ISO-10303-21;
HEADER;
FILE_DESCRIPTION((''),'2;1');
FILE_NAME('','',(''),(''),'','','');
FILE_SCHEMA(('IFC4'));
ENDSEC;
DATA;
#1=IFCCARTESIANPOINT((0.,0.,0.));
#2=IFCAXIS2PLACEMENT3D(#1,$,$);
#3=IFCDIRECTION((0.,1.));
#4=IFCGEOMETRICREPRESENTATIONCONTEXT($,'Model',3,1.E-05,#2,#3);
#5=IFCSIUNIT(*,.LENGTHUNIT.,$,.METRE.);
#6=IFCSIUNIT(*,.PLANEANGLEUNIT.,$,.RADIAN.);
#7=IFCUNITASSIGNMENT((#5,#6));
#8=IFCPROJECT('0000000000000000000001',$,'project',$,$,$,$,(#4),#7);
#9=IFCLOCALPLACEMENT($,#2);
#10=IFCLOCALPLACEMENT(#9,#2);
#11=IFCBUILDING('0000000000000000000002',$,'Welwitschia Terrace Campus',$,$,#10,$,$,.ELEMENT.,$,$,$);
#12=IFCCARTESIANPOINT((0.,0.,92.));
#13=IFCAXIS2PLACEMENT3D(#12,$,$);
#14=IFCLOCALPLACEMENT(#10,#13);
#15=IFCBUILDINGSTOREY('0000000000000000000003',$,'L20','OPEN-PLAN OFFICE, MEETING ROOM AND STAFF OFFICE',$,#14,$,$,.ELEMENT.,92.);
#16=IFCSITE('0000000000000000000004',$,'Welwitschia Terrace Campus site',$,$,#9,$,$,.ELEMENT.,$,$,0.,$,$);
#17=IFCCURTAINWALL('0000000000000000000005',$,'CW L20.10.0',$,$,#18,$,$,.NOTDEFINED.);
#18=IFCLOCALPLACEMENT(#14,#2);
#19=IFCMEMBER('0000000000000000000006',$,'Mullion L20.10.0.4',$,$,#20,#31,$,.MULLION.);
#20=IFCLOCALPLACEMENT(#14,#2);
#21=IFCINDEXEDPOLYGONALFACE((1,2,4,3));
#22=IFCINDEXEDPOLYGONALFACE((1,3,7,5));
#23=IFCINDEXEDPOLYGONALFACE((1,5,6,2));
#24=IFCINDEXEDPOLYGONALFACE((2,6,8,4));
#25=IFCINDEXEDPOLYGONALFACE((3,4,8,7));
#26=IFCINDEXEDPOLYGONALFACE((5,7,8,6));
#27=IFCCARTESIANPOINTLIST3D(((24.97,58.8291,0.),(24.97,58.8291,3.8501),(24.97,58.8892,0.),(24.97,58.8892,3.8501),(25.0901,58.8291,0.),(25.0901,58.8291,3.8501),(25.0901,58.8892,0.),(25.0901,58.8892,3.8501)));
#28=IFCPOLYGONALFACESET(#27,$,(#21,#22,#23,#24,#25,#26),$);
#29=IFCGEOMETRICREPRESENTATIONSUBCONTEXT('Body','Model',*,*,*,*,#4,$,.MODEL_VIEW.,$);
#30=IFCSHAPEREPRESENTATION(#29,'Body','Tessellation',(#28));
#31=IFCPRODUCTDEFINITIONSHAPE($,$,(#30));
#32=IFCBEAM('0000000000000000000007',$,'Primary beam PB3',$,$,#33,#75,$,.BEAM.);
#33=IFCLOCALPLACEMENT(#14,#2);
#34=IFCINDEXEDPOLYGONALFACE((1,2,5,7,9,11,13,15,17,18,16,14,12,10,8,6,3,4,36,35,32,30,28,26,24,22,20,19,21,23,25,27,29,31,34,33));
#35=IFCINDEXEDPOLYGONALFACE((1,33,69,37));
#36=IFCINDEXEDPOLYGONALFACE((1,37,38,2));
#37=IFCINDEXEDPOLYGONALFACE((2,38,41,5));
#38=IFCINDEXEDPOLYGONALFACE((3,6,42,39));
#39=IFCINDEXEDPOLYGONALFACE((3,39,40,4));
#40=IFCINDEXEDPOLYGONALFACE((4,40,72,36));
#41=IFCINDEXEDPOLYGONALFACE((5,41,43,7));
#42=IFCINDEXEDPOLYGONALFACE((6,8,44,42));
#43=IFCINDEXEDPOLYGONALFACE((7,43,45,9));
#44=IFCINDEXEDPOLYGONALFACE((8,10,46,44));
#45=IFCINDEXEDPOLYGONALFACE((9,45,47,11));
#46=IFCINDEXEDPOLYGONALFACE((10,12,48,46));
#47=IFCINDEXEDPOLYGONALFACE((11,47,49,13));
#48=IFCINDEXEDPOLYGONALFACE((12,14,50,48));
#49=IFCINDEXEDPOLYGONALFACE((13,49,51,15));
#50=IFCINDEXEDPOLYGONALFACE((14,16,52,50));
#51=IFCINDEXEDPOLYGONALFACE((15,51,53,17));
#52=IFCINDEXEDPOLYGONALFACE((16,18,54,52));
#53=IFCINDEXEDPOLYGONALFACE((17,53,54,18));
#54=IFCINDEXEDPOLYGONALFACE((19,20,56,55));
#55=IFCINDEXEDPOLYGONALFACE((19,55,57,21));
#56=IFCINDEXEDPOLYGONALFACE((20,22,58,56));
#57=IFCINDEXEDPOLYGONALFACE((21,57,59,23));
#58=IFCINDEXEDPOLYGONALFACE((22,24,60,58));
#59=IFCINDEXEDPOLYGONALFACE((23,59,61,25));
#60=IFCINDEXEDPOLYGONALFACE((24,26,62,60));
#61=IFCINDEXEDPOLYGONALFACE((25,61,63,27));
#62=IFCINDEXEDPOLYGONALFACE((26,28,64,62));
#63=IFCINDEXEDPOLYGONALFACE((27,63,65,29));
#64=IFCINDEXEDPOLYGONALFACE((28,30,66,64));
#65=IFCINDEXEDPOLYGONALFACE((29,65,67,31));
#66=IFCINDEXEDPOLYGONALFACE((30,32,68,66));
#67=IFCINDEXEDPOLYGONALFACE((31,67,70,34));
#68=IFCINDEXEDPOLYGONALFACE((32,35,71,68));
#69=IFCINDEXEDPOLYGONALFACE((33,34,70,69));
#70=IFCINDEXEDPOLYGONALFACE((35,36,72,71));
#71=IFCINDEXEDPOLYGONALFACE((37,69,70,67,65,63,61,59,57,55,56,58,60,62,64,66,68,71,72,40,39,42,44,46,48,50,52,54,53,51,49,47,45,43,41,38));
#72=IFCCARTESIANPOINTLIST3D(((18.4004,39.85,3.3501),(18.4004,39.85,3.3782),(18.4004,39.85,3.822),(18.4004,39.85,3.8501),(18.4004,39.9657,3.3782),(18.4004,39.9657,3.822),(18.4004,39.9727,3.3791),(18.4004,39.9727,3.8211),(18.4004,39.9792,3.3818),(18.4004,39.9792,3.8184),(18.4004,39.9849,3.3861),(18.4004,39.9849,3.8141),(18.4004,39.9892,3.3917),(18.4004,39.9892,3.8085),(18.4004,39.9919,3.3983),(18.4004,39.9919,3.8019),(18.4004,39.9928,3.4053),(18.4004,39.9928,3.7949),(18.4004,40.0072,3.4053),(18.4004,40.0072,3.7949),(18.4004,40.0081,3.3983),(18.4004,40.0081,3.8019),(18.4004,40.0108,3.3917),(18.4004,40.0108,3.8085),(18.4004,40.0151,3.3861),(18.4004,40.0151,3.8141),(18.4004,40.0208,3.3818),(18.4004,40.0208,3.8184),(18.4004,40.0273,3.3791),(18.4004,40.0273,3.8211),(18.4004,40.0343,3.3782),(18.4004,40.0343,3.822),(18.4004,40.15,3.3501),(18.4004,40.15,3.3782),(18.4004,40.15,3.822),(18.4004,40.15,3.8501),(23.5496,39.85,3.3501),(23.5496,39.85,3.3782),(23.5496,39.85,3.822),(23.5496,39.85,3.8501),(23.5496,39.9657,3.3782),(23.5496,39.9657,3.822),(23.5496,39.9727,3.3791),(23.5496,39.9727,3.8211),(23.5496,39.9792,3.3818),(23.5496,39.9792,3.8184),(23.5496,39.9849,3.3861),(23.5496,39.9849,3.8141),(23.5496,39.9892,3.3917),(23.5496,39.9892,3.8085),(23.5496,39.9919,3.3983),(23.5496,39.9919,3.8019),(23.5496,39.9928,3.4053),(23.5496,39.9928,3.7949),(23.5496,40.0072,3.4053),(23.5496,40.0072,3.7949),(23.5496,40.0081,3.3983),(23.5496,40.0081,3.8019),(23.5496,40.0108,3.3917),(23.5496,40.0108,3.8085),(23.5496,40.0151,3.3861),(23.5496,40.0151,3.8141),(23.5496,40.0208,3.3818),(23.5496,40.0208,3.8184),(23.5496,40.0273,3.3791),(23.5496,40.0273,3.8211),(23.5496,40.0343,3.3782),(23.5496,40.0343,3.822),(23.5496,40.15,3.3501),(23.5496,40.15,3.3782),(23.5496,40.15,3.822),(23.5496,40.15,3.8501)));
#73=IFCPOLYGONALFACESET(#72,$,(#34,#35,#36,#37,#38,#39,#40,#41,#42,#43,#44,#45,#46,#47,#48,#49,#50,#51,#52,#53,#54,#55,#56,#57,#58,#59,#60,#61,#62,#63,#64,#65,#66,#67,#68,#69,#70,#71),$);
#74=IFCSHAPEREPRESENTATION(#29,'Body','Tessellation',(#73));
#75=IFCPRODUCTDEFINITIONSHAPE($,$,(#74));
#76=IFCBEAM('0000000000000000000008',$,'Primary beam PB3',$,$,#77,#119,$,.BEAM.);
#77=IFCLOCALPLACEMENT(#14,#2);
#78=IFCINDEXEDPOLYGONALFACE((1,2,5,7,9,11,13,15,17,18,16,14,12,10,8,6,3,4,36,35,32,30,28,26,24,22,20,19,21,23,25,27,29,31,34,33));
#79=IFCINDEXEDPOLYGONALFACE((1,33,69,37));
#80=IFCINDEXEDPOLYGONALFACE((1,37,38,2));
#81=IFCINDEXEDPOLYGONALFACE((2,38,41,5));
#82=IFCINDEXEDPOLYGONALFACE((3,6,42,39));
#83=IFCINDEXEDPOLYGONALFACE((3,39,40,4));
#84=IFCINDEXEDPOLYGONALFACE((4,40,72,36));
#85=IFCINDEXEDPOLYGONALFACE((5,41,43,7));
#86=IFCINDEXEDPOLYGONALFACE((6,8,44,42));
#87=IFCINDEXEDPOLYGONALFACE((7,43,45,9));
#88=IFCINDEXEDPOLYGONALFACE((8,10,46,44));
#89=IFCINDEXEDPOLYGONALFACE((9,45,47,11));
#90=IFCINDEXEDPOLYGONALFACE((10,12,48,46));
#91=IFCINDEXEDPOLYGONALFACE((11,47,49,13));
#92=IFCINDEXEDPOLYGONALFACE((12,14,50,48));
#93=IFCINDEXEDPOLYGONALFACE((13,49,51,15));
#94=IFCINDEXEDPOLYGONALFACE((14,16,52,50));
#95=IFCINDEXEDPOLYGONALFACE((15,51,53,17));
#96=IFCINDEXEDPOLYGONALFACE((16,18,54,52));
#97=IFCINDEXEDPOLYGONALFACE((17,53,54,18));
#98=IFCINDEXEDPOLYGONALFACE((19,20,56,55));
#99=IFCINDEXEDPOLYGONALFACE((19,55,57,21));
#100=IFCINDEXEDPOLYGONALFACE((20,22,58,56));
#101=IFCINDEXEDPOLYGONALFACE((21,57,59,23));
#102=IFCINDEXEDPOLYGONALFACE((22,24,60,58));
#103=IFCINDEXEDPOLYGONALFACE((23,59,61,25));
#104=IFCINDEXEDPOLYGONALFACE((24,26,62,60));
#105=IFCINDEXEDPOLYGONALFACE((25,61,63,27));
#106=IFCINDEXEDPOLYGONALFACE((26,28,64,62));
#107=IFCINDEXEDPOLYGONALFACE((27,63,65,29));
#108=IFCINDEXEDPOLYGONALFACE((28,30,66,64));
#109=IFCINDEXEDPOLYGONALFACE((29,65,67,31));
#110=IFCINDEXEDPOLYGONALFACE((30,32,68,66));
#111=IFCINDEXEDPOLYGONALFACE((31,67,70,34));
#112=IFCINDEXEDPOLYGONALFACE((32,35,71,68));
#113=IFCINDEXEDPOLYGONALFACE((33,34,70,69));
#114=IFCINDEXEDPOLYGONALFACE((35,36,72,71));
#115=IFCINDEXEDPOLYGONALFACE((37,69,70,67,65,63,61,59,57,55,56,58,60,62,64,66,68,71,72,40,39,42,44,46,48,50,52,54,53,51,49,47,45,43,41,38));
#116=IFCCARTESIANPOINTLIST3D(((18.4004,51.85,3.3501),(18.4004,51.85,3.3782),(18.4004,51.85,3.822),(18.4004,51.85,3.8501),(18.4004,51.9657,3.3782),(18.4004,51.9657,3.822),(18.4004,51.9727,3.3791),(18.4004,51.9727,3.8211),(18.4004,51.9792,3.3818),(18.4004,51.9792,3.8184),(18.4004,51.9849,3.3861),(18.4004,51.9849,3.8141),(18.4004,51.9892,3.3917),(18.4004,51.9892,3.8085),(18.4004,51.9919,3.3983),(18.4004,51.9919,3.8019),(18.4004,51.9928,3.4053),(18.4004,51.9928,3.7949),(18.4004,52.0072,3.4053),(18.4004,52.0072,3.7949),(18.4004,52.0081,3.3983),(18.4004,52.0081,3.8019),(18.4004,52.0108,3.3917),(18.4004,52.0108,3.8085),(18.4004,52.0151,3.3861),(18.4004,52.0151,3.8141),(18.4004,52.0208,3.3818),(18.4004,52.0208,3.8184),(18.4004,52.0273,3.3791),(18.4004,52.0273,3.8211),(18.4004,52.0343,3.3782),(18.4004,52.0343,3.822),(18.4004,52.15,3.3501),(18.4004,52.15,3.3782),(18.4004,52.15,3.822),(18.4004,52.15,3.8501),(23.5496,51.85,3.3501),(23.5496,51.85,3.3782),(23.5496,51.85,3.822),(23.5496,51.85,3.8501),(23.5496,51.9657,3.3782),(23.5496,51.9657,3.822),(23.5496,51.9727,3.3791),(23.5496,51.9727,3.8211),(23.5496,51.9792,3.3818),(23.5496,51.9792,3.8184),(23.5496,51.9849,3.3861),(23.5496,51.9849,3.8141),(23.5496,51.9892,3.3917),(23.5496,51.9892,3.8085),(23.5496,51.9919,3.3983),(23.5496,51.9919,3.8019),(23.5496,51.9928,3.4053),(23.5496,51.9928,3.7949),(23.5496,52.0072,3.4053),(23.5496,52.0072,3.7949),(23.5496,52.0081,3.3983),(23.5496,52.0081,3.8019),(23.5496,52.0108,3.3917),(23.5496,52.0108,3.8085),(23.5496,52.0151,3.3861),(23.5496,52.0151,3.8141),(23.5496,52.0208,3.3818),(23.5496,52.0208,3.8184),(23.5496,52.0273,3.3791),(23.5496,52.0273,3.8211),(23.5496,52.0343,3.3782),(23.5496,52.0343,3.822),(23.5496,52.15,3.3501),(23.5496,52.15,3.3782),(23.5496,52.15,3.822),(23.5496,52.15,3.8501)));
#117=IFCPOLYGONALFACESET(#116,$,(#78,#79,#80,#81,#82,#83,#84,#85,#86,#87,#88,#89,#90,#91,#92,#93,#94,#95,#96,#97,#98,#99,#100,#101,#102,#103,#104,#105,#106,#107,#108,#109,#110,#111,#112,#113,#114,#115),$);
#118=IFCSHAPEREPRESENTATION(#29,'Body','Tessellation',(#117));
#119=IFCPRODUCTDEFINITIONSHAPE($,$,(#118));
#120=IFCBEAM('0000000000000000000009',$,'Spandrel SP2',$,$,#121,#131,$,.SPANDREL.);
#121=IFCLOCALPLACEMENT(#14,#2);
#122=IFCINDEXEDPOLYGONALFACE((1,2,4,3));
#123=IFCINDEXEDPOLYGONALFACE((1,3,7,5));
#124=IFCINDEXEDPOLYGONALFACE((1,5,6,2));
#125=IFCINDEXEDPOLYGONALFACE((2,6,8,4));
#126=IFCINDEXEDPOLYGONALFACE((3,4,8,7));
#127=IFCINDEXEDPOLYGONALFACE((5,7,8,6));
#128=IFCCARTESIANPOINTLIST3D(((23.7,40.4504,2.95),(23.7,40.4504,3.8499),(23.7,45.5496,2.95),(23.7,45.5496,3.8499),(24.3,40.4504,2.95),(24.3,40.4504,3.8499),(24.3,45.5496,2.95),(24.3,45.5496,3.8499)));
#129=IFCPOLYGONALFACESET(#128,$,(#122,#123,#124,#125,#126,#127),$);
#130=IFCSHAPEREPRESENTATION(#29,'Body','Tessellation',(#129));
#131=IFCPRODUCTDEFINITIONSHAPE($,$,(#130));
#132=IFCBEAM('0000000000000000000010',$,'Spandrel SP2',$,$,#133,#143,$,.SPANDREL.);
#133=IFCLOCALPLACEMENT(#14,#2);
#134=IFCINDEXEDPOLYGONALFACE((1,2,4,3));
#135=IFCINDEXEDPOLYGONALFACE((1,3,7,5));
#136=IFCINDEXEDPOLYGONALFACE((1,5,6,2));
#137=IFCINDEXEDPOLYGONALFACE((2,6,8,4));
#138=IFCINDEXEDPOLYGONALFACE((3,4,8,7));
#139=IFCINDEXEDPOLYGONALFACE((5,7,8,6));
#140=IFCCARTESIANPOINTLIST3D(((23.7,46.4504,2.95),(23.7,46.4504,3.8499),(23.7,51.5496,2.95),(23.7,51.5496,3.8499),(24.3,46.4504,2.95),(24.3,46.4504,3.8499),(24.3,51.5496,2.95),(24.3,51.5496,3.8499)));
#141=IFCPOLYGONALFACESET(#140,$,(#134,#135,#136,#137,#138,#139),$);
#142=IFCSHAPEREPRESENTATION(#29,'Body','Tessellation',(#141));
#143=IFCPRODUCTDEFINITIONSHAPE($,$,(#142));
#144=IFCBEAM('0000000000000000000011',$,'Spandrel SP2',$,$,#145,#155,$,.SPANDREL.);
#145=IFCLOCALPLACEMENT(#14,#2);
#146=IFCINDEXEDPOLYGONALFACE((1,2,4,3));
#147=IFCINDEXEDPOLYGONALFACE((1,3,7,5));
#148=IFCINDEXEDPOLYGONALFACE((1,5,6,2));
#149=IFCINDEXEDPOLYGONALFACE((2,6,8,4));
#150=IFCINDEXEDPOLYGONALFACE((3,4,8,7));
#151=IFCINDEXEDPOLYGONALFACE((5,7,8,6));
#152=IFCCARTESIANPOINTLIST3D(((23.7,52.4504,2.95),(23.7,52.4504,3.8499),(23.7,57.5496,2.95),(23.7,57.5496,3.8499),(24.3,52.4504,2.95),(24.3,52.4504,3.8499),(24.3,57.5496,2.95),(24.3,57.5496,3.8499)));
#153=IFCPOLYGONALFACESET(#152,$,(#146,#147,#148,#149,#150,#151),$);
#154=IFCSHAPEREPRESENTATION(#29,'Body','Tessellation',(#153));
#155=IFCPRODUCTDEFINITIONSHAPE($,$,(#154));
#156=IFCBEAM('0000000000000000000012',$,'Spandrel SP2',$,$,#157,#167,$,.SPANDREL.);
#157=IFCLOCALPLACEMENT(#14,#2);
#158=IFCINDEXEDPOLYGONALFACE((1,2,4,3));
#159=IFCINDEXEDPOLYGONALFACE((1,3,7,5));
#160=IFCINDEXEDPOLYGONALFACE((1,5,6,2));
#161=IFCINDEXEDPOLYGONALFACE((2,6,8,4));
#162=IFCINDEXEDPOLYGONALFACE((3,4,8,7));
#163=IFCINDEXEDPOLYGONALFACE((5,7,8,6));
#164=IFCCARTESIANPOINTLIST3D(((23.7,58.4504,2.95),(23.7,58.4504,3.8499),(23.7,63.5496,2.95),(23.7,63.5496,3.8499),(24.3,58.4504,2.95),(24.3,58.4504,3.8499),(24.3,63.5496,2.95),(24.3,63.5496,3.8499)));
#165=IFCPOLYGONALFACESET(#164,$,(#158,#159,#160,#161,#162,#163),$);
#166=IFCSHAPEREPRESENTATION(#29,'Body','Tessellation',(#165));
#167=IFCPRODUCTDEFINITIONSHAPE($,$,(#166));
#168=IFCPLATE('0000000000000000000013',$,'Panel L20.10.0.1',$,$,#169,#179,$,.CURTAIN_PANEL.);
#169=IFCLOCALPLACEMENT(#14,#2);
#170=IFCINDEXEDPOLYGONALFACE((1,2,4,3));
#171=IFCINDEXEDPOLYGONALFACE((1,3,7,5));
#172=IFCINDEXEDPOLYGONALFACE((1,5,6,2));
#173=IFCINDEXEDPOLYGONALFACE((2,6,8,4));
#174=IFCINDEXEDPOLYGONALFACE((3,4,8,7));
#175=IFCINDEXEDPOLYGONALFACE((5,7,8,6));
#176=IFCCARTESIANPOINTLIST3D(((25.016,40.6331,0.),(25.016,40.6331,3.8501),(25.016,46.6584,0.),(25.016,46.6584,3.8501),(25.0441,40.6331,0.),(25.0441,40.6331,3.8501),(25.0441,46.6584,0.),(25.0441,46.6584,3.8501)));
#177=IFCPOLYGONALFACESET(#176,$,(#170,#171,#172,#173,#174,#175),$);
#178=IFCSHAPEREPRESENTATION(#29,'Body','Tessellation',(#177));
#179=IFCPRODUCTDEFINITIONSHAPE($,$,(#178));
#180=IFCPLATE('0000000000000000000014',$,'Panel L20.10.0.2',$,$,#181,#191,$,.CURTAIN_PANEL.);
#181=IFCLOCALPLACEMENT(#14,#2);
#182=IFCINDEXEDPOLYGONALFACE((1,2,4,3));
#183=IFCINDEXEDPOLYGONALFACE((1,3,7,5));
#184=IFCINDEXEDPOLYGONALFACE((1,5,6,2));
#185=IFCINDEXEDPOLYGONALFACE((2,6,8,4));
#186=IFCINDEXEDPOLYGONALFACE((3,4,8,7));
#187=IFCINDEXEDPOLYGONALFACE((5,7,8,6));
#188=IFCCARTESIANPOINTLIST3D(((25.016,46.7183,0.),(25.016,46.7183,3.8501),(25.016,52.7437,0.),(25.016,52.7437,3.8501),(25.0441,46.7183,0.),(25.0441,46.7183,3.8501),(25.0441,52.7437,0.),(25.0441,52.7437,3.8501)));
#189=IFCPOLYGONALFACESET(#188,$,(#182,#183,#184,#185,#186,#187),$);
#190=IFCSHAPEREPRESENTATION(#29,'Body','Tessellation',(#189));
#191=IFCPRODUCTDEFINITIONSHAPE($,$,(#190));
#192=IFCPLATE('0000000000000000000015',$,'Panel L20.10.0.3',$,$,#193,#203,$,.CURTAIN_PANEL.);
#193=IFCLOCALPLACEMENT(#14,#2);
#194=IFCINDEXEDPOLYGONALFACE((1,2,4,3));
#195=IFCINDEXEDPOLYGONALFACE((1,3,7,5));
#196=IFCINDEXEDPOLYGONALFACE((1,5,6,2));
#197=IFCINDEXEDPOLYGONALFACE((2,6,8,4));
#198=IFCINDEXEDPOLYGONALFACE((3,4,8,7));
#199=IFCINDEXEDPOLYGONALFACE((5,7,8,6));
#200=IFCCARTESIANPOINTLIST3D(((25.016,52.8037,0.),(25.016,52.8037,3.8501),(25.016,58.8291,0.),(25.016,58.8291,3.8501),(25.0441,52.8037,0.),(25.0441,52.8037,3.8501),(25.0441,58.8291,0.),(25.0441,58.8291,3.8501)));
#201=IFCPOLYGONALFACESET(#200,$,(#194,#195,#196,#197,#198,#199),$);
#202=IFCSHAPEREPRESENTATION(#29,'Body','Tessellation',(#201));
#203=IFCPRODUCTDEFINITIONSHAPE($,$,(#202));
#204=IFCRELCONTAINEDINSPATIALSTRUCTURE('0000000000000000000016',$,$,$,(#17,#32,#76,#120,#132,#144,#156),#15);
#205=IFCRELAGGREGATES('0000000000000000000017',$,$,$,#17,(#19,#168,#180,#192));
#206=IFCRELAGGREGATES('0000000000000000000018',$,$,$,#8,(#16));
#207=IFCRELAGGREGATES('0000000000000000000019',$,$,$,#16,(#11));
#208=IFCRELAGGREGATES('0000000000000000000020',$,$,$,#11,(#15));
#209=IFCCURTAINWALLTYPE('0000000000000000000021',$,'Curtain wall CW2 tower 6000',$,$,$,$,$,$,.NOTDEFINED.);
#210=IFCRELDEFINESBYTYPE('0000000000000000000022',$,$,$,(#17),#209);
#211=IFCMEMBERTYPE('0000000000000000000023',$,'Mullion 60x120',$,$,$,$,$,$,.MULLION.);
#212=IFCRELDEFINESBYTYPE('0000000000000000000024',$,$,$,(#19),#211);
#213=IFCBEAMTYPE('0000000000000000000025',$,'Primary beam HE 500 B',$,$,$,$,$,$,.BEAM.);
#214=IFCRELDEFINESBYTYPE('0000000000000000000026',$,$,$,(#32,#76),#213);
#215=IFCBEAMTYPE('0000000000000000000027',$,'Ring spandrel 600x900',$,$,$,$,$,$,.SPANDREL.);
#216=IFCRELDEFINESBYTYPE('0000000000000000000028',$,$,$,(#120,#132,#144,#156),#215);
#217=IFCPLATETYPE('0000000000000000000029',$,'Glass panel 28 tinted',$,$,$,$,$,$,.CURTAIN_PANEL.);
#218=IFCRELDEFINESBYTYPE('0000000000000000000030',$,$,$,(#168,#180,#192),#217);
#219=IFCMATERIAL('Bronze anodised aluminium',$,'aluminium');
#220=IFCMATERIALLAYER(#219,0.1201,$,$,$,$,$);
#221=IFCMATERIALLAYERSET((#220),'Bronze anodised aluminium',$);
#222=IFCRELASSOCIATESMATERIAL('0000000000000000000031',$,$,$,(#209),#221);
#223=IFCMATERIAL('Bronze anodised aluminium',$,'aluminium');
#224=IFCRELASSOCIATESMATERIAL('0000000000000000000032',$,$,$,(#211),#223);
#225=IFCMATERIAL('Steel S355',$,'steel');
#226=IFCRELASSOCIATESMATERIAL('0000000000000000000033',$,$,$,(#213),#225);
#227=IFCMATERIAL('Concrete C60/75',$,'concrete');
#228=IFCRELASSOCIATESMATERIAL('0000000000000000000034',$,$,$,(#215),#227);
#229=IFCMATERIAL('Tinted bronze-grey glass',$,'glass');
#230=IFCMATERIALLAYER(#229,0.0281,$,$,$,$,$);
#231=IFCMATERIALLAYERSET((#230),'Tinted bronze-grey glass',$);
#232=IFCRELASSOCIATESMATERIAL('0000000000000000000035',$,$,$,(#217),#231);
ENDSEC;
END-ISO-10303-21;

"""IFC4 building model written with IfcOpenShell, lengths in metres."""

from ifc_helpers import new_model, si_unit, direction, frame, origin, origin_2d, place, context, subcontext, project, spatial, rectangle, i_section, extrude, material, layer, layer_set, material_profile, profile_set, type_object, element, aggregate, save


model = new_model("IFC4")

# Units and contexts
model_context = context("Model", 3, precision=1e-05, world=origin(), true_north=direction((0.0, 1.0)))
body_context = subcontext(model_context, "Body", "Model", "MODEL_VIEW")
ifc_project = project(units=[si_unit("LENGTHUNIT", "METRE"), si_unit("PLANEANGLEUNIT", "RADIAN")], contexts=[model_context])

# Site, building, storey
site_placement = place(None, origin())
site = spatial("IfcSite", under=ifc_project, at=site_placement, Name="Welwitschia Terrace Campus site", CompositionType="ELEMENT", RefElevation=0.0)
building_placement = place(site_placement, origin())
building = spatial("IfcBuilding", under=site, at=building_placement, Name="Welwitschia Terrace Campus", CompositionType="ELEMENT")
storey_placement = place(building_placement, frame((0.0, 0.0, 92.0)))
storey = spatial("IfcBuildingStorey", under=building, at=storey_placement, Name="L20", Description="OPEN-PLAN OFFICE, MEETING ROOM AND STAFF OFFICE", CompositionType="ELEMENT", Elevation=92.0)

# Curtain wall, member
ifc_material_1 = material(Name="Bronze anodised aluminium", Category="aluminium")
ifc_layer_1 = layer(ifc_material_1, 0.1201)
ifc_layer_set_1 = layer_set([ifc_layer_1], Name="Bronze anodised aluminium")
curtain_wall_type = type_object("IfcCurtainWallType", Name="Curtain wall CW2 tower 6000", PredefinedType="NOTDEFINED", material=ifc_layer_set_1)
curtain_wall_placement = place(storey_placement, origin())
curtain_wall = element("IfcCurtainWall", 1, at=curtain_wall_placement, inside=storey, type_object=curtain_wall_type, Name="CW L20.10.0", PredefinedType="NOTDEFINED")
ifc_material_2 = material(Name="Bronze anodised aluminium", Category="aluminium")
ifc_material_profile_1 = material_profile(ifc_material_2, rectangle(XDim=0.1201, YDim=0.0601, at=origin_2d()))
ifc_profile_set_1 = profile_set([ifc_material_profile_1], Name="Bronze anodised aluminium")
member_type = type_object("IfcMemberType", Name="Mullion 60x120", PredefinedType="MULLION", material=ifc_profile_set_1)
member_1_placement = place(storey_placement, frame((25.03, 58.8591, 0.0), z_axis=(0.0, 0.0, 1.0), x_axis=(-1.0, 0.0, 0.0)))
member_1 = element("IfcMember", 2, at=member_1_placement, type_object=member_type, Name="Mullion L20.10.0.4", PredefinedType="MULLION", context=body_context, shape_type="SweptSolid", body=[
    extrude(rectangle(XDim=0.1201, YDim=0.0601, at=origin_2d()), origin(), (0.0, 0.0, 1.0), 3.8501),
])

# Beams
ifc_material_3 = material(Name="Steel S355", Category="steel")
ifc_material_profile_2 = material_profile(ifc_material_3, i_section(OverallWidth=0.3, OverallDepth=0.5, WebThickness=0.0144, FlangeThickness=0.0281, FilletRadius=0.0271, at=origin_2d()))
ifc_profile_set_2 = profile_set([ifc_material_profile_2], Name="Steel S355")
beam_type_1 = type_object("IfcBeamType", Name="Primary beam HE 500 B", PredefinedType="BEAM", material=ifc_profile_set_2)
for number, where, z_axis, x_axis, name in (
    (3, (23.5496, 40.0, 3.6001), (-1.0, 0.0, 0.0), (0.0, -1.0, 0.0), "Primary beam PB3"),
    (4, (23.5496, 52.0, 3.6001), (-1.0, 0.0, 0.0), (0.0, -1.0, 0.0), "Primary beam PB3"),
):
    element("IfcBeam", number, at=place(storey_placement, frame(where, z_axis=z_axis, x_axis=x_axis)), inside=storey, type_object=beam_type_1, Name=name, PredefinedType="BEAM", context=body_context, shape_type="SweptSolid", body=[
        extrude(i_section(OverallWidth=0.3, OverallDepth=0.5, WebThickness=0.0144, FlangeThickness=0.0281, FilletRadius=0.0271, at=origin_2d()), origin(), (0.0, 0.0, 1.0), 5.1492),
    ])
ifc_material_4 = material(Name="Concrete C60/75", Category="concrete")
ifc_material_profile_3 = material_profile(ifc_material_4, rectangle(XDim=0.6001, YDim=0.8999, at=origin_2d()))
ifc_profile_set_3 = profile_set([ifc_material_profile_3], Name="Concrete C60/75")
beam_type_2 = type_object("IfcBeamType", Name="Ring spandrel 600x900", PredefinedType="SPANDREL", material=ifc_profile_set_3)
for number, where, z_axis, x_axis, name in (
    (5, (24.0, 40.4504, 3.3999), (0.0, 1.0, 0.0), (-1.0, 0.0, 0.0), "Spandrel SP2"),
    (6, (24.0, 46.4504, 3.3999), (0.0, 1.0, 0.0), (-1.0, 0.0, 0.0), "Spandrel SP2"),
    (7, (24.0, 52.4504, 3.3999), (0.0, 1.0, 0.0), (-1.0, 0.0, 0.0), "Spandrel SP2"),
    (8, (24.0, 58.4504, 3.3999), (0.0, 1.0, 0.0), (-1.0, 0.0, 0.0), "Spandrel SP2"),
):
    element("IfcBeam", number, at=place(storey_placement, frame(where, z_axis=z_axis, x_axis=x_axis)), inside=storey, type_object=beam_type_2, Name=name, PredefinedType="SPANDREL", context=body_context, shape_type="SweptSolid", body=[
        extrude(rectangle(XDim=0.6001, YDim=0.8999, at=origin_2d()), origin(), (0.0, 0.0, 1.0), 5.0991),
    ])

# Plates
ifc_material_5 = material(Name="Tinted bronze-grey glass", Category="glass")
ifc_layer_2 = layer(ifc_material_5, 0.0281)
ifc_layer_set_2 = layer_set([ifc_layer_2], Name="Tinted bronze-grey glass")
plate_type = type_object("IfcPlateType", Name="Glass panel 28 tinted", PredefinedType="CURTAIN_PANEL", material=ifc_layer_set_2)
plate_1_placement = place(storey_placement, frame((25.03, 43.6458, 0.0), z_axis=(0.0, 0.0, 1.0), x_axis=(0.0, 1.0, 0.0)))
plate_1 = element("IfcPlate", 9, at=plate_1_placement, type_object=plate_type, Name="Panel L20.10.0.1", PredefinedType="CURTAIN_PANEL", context=body_context, shape_type="SweptSolid", body=[
    extrude(rectangle(XDim=6.0254, YDim=0.0281, at=origin_2d()), origin(), (0.0, 0.0, 1.0), 3.8501),
])
plate_2_placement = place(storey_placement, frame((25.03, 49.731, 0.0), z_axis=(0.0, 0.0, 1.0), x_axis=(0.0, 1.0, 0.0)))
plate_2 = element("IfcPlate", 10, at=plate_2_placement, type_object=plate_type, Name="Panel L20.10.0.2", PredefinedType="CURTAIN_PANEL", context=body_context, shape_type="SweptSolid", body=[
    extrude(rectangle(XDim=6.0254, YDim=0.0281, at=origin_2d()), origin(), (0.0, 0.0, 1.0), 3.8501),
])
plate_3_placement = place(storey_placement, frame((25.03, 55.8164, 0.0), z_axis=(0.0, 0.0, 1.0), x_axis=(0.0, 1.0, 0.0)))
plate_3 = element("IfcPlate", 11, at=plate_3_placement, type_object=plate_type, Name="Panel L20.10.0.3", PredefinedType="CURTAIN_PANEL", context=body_context, shape_type="SweptSolid", body=[
    extrude(rectangle(XDim=6.0254, YDim=0.0281, at=origin_2d()), origin(), (0.0, 0.0, 1.0), 3.8501),
])
aggregate(curtain_wall, [member_1, plate_1, plate_2, plate_3])

save(model, "model.ifc")
